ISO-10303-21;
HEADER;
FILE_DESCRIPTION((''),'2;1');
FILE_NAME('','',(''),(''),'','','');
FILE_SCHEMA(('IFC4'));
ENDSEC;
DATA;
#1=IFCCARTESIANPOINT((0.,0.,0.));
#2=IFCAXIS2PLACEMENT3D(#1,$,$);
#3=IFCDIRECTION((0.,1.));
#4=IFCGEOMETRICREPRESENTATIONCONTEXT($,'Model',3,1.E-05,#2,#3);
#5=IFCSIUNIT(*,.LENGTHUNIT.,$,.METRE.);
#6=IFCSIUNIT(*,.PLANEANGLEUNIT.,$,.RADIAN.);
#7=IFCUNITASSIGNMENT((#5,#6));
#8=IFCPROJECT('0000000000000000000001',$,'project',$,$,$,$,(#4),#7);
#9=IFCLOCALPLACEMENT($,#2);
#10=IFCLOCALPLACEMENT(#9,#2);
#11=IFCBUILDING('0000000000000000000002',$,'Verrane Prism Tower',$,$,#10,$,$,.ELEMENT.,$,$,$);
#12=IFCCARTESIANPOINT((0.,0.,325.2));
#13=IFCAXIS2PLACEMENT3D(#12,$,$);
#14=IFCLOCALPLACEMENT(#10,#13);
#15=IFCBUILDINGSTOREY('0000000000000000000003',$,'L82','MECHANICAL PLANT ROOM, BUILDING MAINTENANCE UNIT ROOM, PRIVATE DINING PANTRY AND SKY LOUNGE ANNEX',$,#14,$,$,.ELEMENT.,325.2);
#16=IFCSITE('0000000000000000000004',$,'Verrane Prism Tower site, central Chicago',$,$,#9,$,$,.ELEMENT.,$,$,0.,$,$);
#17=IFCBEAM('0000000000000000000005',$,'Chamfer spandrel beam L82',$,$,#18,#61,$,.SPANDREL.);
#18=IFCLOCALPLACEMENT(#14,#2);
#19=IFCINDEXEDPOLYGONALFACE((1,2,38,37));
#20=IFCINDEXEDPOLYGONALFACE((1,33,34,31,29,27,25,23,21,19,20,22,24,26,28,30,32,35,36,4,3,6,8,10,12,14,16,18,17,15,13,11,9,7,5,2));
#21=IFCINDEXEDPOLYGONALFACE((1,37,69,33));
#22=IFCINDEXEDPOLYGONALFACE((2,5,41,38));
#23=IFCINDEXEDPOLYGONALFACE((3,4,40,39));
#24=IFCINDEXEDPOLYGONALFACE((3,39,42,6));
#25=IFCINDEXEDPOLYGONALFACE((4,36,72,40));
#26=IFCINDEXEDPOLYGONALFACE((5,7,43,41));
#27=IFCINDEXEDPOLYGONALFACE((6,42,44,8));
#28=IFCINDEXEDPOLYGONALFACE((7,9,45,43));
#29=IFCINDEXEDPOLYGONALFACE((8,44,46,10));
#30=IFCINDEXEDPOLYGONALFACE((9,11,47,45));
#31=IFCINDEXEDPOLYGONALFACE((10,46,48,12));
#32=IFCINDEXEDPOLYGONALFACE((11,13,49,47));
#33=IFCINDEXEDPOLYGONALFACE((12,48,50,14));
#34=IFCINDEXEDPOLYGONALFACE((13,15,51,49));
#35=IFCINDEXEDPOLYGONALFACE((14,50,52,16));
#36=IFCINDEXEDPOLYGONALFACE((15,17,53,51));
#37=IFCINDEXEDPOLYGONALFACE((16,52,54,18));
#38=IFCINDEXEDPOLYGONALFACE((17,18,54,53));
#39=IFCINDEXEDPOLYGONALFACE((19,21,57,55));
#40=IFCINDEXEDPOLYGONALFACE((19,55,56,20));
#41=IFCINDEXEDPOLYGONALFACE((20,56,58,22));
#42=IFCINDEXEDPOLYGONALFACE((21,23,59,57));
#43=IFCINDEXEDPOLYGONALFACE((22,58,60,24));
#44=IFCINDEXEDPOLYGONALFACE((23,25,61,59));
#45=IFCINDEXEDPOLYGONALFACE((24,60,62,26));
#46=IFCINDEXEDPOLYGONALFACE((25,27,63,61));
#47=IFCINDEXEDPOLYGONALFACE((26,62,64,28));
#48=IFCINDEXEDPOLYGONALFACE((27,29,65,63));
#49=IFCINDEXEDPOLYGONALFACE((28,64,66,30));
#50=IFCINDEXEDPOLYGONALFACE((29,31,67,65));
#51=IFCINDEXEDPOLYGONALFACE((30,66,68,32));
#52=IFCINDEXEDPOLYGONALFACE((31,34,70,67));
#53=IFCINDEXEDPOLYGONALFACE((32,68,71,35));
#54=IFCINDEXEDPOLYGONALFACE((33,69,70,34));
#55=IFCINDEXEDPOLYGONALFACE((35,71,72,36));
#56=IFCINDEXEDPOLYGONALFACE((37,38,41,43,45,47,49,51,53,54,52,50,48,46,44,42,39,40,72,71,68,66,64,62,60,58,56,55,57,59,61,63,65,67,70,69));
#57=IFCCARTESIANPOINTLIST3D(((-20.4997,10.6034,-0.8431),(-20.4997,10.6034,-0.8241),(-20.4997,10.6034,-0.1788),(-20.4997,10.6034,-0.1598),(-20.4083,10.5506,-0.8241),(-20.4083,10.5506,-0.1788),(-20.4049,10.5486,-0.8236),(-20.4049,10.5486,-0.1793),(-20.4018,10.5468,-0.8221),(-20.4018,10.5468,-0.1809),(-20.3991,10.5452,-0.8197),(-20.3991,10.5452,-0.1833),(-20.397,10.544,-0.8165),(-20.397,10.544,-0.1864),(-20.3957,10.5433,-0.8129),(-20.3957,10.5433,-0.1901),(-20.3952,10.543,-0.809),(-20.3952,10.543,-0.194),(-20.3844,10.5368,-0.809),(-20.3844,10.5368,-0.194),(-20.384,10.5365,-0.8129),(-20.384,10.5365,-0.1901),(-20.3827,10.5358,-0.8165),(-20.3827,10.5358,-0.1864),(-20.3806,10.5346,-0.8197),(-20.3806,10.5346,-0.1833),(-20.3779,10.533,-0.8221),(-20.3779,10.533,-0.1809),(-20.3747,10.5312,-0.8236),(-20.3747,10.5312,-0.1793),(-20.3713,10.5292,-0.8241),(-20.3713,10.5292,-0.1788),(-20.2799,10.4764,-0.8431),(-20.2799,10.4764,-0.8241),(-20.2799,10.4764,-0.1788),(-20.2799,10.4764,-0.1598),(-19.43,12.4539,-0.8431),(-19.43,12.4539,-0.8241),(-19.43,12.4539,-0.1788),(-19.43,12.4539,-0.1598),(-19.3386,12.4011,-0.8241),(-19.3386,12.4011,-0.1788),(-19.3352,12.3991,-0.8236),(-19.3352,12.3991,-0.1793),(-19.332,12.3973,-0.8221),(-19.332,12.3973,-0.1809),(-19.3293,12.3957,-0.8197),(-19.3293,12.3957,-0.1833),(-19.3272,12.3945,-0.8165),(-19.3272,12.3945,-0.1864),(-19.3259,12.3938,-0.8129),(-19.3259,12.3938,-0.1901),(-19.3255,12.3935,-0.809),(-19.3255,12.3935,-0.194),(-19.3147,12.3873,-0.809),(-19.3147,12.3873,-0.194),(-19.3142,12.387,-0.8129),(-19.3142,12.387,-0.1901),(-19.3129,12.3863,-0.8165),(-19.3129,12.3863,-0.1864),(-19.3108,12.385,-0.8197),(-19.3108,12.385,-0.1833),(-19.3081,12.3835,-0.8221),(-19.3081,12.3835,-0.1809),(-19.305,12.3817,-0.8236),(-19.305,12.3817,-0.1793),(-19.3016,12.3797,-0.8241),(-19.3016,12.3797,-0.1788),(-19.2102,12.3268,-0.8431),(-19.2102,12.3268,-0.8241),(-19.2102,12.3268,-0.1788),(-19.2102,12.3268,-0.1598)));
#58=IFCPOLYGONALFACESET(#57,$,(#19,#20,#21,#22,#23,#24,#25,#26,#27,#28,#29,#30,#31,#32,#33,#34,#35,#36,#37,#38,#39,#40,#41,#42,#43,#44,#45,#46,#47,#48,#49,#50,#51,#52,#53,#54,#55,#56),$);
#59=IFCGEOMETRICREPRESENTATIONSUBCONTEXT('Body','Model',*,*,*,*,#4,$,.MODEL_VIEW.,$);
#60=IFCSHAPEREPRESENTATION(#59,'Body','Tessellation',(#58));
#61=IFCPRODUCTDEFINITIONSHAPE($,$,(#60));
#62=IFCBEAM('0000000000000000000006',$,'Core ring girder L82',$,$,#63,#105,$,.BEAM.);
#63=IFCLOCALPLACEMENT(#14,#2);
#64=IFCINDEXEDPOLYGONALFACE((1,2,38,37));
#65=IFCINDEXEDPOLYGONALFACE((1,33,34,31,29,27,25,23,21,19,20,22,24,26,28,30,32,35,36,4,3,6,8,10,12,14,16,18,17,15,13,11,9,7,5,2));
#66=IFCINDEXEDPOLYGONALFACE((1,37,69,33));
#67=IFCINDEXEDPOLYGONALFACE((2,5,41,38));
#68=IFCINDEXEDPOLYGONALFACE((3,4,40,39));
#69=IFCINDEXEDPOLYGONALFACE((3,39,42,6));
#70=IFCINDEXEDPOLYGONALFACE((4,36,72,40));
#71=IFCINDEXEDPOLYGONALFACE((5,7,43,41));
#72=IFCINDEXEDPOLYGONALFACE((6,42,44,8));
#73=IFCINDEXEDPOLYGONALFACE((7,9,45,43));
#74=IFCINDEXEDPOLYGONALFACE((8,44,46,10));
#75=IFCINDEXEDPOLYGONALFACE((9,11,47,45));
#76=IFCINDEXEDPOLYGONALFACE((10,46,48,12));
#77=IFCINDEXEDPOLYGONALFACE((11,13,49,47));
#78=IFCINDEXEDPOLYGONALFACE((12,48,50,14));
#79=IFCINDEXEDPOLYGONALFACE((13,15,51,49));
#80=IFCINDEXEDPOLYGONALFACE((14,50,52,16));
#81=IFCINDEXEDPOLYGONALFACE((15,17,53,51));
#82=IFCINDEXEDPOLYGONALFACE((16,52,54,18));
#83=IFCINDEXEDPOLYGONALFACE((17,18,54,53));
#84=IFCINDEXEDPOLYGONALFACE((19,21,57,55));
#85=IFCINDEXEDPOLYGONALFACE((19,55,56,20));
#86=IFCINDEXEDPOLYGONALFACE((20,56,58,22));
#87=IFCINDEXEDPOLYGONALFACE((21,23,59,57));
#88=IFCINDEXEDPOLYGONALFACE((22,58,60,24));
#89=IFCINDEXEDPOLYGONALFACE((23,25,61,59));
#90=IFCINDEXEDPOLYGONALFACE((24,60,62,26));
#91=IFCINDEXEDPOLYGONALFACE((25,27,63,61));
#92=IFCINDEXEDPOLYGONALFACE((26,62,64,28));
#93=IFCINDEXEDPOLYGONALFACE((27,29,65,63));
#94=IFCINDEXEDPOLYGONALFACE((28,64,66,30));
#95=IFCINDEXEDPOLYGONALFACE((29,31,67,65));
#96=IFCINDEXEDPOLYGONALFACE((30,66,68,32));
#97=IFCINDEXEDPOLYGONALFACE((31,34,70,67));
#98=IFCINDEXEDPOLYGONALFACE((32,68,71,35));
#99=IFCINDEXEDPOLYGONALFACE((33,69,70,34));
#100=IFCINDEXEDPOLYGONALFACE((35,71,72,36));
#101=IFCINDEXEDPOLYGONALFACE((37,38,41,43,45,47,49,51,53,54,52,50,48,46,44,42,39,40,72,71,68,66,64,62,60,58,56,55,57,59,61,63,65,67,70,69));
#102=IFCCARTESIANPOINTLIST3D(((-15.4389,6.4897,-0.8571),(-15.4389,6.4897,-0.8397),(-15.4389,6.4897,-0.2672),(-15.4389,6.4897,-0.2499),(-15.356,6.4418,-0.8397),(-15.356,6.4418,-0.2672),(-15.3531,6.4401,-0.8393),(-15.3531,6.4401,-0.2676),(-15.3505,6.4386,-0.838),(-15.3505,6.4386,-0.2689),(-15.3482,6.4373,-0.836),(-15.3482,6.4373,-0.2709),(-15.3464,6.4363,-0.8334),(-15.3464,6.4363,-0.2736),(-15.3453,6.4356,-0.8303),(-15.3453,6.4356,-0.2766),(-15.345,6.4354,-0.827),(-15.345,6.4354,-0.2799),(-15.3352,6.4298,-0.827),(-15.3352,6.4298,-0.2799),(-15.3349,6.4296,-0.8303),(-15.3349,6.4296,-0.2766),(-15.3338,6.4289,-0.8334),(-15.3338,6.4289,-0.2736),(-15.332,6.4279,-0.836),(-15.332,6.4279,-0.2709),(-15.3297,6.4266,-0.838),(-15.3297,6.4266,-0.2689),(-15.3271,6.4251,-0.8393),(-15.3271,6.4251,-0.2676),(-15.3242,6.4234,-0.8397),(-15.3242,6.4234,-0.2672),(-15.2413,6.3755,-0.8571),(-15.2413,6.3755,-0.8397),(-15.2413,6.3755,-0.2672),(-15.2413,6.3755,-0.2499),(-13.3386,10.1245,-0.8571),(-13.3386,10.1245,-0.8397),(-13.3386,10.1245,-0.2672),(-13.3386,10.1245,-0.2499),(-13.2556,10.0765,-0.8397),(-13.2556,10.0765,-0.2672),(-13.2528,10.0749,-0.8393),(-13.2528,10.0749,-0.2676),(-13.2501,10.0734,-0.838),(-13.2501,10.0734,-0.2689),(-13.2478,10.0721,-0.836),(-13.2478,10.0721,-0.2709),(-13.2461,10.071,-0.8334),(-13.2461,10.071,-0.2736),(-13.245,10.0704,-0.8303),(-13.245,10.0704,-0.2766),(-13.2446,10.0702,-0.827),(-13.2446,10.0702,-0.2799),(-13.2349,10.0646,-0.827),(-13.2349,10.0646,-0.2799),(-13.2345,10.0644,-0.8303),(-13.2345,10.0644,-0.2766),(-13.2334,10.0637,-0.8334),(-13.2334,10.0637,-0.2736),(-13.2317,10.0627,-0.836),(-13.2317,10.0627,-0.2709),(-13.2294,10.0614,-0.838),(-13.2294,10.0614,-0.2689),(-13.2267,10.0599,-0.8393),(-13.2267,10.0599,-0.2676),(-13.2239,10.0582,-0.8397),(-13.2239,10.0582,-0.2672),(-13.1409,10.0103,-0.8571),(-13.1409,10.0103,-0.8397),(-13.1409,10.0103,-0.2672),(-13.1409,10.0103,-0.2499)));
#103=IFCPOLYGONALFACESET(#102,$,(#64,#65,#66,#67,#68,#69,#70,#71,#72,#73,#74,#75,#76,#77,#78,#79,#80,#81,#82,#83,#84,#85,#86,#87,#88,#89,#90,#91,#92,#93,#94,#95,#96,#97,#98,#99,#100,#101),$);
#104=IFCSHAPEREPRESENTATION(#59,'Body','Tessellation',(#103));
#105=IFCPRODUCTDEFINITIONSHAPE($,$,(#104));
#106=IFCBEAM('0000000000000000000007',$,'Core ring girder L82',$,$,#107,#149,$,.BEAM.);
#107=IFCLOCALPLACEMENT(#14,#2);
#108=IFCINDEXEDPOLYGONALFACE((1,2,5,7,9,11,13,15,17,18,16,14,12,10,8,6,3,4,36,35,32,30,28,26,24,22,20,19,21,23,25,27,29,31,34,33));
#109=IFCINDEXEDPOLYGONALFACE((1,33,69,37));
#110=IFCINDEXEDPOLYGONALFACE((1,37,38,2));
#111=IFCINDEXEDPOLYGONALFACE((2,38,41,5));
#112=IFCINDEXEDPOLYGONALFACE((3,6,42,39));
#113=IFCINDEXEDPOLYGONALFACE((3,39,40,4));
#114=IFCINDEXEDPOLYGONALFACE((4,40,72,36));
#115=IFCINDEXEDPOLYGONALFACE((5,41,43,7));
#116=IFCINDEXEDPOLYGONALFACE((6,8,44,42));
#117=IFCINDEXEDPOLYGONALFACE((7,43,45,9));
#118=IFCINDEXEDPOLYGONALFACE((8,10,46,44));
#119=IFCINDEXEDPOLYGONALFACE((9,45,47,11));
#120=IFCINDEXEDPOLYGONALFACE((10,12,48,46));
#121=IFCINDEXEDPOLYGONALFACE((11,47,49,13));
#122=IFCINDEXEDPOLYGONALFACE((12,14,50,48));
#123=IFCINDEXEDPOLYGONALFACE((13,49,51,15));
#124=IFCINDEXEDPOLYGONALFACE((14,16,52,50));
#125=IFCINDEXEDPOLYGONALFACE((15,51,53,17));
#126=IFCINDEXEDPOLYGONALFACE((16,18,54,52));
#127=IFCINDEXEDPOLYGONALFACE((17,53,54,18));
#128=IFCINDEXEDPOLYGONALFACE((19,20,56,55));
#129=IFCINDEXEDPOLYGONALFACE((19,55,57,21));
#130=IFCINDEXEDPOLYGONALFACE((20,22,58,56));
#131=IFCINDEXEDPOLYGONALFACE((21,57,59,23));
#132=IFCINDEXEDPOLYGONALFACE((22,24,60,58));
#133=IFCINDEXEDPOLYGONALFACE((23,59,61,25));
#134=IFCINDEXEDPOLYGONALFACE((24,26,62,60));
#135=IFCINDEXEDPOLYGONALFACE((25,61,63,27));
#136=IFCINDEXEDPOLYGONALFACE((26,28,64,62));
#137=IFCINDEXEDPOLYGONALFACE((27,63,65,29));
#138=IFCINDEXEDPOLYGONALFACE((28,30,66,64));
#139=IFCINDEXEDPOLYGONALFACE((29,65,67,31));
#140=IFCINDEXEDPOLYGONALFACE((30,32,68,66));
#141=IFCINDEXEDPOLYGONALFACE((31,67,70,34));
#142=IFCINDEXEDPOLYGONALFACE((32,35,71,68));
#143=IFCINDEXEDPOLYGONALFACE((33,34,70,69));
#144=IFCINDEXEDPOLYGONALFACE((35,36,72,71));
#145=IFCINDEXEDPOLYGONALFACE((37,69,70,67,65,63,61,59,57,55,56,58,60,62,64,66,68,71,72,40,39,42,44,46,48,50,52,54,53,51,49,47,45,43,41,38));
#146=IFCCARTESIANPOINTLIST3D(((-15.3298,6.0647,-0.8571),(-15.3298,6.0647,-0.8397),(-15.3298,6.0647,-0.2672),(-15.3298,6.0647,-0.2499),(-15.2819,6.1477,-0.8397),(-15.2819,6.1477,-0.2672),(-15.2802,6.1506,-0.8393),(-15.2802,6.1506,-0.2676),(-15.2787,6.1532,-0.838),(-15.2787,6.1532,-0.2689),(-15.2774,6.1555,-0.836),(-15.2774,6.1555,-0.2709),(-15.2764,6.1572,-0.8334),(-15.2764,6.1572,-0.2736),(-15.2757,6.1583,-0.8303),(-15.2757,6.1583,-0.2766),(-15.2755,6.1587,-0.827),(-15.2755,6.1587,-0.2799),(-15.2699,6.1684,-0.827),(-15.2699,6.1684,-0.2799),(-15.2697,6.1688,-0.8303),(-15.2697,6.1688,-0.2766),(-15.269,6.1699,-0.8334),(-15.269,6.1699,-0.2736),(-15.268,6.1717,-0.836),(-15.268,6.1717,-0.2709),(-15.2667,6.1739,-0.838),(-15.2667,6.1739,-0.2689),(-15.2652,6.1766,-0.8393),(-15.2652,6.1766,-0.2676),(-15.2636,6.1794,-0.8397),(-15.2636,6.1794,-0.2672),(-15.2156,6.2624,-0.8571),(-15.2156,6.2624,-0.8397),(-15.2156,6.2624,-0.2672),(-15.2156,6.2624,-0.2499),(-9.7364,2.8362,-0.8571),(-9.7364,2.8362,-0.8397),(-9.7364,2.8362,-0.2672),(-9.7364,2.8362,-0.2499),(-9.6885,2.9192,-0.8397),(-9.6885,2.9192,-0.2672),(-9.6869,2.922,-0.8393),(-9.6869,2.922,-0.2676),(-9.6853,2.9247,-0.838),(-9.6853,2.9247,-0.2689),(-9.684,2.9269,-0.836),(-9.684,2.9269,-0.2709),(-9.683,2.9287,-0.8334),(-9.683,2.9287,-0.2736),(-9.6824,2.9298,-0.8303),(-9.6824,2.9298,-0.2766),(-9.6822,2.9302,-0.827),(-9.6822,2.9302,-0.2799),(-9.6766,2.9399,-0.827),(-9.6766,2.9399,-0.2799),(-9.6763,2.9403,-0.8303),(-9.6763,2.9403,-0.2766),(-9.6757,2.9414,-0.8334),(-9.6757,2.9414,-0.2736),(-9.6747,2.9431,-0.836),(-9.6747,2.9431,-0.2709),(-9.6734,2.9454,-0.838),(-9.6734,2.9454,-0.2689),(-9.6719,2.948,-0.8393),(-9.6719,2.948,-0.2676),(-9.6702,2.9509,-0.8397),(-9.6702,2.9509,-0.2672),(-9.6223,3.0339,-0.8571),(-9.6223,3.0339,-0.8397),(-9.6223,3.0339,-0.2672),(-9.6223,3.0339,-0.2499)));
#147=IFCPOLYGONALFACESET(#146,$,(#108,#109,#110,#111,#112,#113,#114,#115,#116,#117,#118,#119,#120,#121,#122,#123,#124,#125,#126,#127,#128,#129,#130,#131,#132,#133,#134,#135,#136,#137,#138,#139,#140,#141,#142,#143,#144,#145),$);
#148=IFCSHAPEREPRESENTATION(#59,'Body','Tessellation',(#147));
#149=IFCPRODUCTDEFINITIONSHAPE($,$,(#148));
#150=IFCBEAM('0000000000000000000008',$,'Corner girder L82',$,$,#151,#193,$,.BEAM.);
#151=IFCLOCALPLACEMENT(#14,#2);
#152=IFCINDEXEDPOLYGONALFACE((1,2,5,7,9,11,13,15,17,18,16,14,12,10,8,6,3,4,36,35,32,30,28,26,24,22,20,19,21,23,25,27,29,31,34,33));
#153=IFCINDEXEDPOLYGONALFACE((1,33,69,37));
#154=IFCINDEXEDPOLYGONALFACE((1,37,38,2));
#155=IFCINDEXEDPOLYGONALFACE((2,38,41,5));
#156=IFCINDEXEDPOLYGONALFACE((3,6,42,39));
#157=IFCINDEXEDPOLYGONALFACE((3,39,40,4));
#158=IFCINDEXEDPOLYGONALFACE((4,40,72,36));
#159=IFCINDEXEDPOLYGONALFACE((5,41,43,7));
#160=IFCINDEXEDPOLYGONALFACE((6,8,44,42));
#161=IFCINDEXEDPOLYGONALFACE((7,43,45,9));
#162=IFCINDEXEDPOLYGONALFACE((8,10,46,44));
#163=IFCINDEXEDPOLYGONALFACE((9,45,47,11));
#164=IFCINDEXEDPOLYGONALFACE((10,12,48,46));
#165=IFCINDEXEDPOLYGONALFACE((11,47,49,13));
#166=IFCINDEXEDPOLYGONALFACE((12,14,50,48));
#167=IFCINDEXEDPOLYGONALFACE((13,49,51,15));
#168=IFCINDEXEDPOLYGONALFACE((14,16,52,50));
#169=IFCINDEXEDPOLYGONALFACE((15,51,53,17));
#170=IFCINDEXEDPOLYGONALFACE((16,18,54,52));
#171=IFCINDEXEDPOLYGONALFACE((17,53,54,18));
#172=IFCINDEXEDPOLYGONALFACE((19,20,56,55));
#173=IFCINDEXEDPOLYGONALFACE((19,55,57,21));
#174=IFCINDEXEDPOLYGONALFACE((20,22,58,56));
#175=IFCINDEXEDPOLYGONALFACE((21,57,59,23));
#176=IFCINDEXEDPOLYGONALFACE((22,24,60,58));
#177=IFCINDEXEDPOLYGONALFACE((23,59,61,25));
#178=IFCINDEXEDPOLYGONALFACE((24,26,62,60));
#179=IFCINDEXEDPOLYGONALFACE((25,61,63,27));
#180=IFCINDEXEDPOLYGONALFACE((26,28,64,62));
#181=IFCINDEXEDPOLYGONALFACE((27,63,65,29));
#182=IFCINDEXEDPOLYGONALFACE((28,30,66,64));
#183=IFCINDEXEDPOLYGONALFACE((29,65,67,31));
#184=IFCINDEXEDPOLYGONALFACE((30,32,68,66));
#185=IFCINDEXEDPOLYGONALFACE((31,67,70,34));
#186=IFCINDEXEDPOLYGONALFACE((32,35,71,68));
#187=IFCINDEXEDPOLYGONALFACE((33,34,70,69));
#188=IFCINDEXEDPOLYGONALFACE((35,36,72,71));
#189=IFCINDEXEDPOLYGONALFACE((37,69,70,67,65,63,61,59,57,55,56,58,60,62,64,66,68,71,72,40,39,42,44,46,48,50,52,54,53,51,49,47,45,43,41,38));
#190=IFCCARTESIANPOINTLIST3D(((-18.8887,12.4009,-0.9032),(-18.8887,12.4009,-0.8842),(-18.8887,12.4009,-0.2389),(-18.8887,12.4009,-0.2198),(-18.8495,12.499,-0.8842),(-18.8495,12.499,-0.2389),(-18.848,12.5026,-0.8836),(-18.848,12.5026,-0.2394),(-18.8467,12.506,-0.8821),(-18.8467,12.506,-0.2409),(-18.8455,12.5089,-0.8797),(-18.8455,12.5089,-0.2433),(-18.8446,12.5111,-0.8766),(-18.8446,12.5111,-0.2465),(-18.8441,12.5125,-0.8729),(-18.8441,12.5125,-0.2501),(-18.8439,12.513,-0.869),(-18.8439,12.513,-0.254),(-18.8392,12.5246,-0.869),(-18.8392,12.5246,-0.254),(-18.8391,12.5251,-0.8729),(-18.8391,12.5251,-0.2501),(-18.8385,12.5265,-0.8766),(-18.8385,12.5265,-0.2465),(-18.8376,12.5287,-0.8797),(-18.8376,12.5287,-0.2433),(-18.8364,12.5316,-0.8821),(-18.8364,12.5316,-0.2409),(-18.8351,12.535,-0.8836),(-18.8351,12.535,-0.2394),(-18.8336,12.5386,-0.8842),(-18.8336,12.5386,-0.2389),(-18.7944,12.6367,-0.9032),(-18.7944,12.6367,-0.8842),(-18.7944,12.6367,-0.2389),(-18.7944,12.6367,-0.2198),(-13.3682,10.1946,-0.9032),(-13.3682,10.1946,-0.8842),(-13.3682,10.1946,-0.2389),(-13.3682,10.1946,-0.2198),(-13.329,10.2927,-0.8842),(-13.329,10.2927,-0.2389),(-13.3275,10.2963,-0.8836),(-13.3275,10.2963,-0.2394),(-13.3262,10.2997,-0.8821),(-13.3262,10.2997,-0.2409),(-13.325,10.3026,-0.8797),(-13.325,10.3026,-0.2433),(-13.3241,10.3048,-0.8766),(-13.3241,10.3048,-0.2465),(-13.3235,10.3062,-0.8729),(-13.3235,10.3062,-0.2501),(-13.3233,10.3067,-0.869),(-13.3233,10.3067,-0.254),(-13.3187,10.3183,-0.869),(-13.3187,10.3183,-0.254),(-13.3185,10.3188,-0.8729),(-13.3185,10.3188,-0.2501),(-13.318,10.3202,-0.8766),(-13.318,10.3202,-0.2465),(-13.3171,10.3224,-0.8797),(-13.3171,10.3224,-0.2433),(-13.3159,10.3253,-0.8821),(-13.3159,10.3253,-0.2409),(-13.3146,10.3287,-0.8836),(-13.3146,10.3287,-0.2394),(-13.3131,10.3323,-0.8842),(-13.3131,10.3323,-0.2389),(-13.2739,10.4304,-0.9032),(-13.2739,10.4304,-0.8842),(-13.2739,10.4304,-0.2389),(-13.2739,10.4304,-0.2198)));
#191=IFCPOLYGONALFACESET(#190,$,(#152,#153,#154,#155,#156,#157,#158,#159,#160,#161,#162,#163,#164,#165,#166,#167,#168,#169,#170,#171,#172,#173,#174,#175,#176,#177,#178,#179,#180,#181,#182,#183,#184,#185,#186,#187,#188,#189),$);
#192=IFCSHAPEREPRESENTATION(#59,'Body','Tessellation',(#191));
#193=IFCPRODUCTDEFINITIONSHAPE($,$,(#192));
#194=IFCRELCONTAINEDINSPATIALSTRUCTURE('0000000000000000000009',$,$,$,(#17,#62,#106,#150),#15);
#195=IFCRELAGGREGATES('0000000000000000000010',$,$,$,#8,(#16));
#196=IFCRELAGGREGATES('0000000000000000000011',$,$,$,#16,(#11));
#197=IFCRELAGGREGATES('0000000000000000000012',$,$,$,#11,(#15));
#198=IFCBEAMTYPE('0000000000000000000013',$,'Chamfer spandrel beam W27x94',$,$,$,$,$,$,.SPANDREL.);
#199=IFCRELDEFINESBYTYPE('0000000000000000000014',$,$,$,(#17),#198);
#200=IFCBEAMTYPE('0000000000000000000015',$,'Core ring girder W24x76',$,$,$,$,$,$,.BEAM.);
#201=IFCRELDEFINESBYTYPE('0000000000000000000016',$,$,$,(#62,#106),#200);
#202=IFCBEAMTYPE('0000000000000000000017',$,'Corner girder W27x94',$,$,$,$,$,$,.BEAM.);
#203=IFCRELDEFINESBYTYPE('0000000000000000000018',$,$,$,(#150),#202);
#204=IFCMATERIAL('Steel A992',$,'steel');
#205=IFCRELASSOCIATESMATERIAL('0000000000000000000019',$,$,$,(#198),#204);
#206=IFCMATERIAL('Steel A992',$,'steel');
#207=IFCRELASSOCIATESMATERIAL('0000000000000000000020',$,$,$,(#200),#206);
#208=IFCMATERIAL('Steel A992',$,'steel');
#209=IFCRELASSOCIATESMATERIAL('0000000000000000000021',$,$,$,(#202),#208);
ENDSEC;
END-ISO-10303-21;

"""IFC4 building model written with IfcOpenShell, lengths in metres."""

from ifc_helpers import new_model, si_unit, direction, frame, origin, origin_2d, place, context, subcontext, project, spatial, i_section, extrude, material, material_profile, profile_set, type_object, element, save


model = new_model("IFC4")

# Units and contexts
model_context = context("Model", 3, precision=1e-05, world=origin(), true_north=direction((0.0, 1.0)))
body_context = subcontext(model_context, "Body", "Model", "MODEL_VIEW")
ifc_project = project(units=[si_unit("LENGTHUNIT", "METRE"), si_unit("PLANEANGLEUNIT", "RADIAN")], contexts=[model_context])

# Site, building, storey
site_placement = place(None, origin())
site = spatial("IfcSite", under=ifc_project, at=site_placement, Name="Verrane Prism Tower site, central Chicago", CompositionType="ELEMENT", RefElevation=0.0)
building_placement = place(site_placement, origin())
building = spatial("IfcBuilding", under=site, at=building_placement, Name="Verrane Prism Tower", CompositionType="ELEMENT")
storey_placement = place(building_placement, frame((0.0, 0.0, 325.2)))
storey = spatial("IfcBuildingStorey", under=building, at=storey_placement, Name="L82", Description="MECHANICAL PLANT ROOM, BUILDING MAINTENANCE UNIT ROOM, PRIVATE DINING PANTRY AND SKY LOUNGE ANNEX", CompositionType="ELEMENT", Elevation=325.2)

# Beams
ifc_material_1 = material(Name="Steel A992", Category="steel")
ifc_material_profile_1 = material_profile(ifc_material_1, i_section(OverallWidth=0.2539, OverallDepth=0.6833, WebThickness=0.0125, FlangeThickness=0.019, FilletRadius=0.0151, at=origin_2d()), Name="W27x94")
ifc_profile_set_1 = profile_set([ifc_material_profile_1], Name="Steel A992")
beam_type_1 = type_object("IfcBeamType", Name="Chamfer spandrel beam W27x94", PredefinedType="SPANDREL", material=ifc_profile_set_1)
beam_1_placement = place(storey_placement, frame((-19.3201, 12.3904, -0.5015), z_axis=(-0.500487, -0.865744, 0.0), x_axis=(0.865744, -0.500487, 0.0)))
element("IfcBeam", 1, at=beam_1_placement, inside=storey, type_object=beam_type_1, Name="Chamfer spandrel beam L82", PredefinedType="SPANDREL", context=body_context, shape_type="SweptSolid", body=[
    extrude(i_section(OverallWidth=0.2539, OverallDepth=0.6833, WebThickness=0.0125, FlangeThickness=0.019, FilletRadius=0.0151, at=origin_2d()), origin(), (0.0, 0.0, 1.0), 2.1375),
])
ifc_material_2 = material(Name="Steel A992", Category="steel")
ifc_material_profile_2 = material_profile(ifc_material_2, i_section(OverallWidth=0.2283, OverallDepth=0.6072, WebThickness=0.0112, FlangeThickness=0.0173, FilletRadius=0.0127, at=origin_2d()), Name="W24x76")
ifc_profile_set_2 = profile_set([ifc_material_profile_2], Name="Steel A992")
beam_type_2 = type_object("IfcBeamType", Name="Core ring girder W24x76", PredefinedType="BEAM", material=ifc_profile_set_2)
beam_2_placement = place(storey_placement, frame((-13.2397, 10.0674, -0.5535), z_axis=(-0.500323, -0.865839, 0.0), x_axis=(0.865839, -0.500323, 0.0)))
element("IfcBeam", 2, at=beam_2_placement, inside=storey, type_object=beam_type_2, Name="Core ring girder L82", PredefinedType="BEAM", context=body_context, shape_type="SweptSolid", body=[
    extrude(i_section(OverallWidth=0.2283, OverallDepth=0.6072, WebThickness=0.0112, FlangeThickness=0.0173, FilletRadius=0.0127, at=origin_2d()), origin(), (0.0, 0.0, 1.0), 4.198),
])
beam_3_placement = place(storey_placement, frame((-15.2727, 6.1636, -0.5535), z_axis=(0.866076, -0.499912, 0.0), x_axis=(0.499912, 0.866076, 0.0)))
element("IfcBeam", 3, at=beam_3_placement, inside=storey, type_object=beam_type_2, Name="Core ring girder L82", PredefinedType="BEAM", context=body_context, shape_type="SweptSolid", body=[
    extrude(i_section(OverallWidth=0.2283, OverallDepth=0.6072, WebThickness=0.0112, FlangeThickness=0.0173, FilletRadius=0.0127, at=origin_2d()), origin(), (0.0, 0.0, 1.0), 6.4583),
])
ifc_material_3 = material(Name="Steel A992", Category="steel")
ifc_material_profile_3 = material_profile(ifc_material_3, i_section(OverallWidth=0.2539, OverallDepth=0.6833, WebThickness=0.0125, FlangeThickness=0.019, FilletRadius=0.0151, at=origin_2d()), Name="W27x94")
ifc_profile_set_3 = profile_set([ifc_material_profile_3], Name="Steel A992")
beam_type_3 = type_object("IfcBeamType", Name="Corner girder W27x94", PredefinedType="BEAM", material=ifc_profile_set_3)
for number, where, z_axis, x_axis, name in (
    (4, (-18.8416, 12.5188, -0.5615), (0.928587, -0.371115, 0.0), (0.371115, 0.928587, 0.0), "Corner girder L82"),
):
    element("IfcBeam", number, at=place(storey_placement, frame(where, z_axis=z_axis, x_axis=x_axis)), inside=storey, type_object=beam_type_3, Name=name, PredefinedType="BEAM", context=body_context, shape_type="SweptSolid", body=[
        extrude(i_section(OverallWidth=0.2539, OverallDepth=0.6833, WebThickness=0.0125, FlangeThickness=0.019, FilletRadius=0.0151, at=origin_2d()), origin(), (0.0, 0.0, 1.0), 5.9451),
    ])

save(model, "model.ifc")
